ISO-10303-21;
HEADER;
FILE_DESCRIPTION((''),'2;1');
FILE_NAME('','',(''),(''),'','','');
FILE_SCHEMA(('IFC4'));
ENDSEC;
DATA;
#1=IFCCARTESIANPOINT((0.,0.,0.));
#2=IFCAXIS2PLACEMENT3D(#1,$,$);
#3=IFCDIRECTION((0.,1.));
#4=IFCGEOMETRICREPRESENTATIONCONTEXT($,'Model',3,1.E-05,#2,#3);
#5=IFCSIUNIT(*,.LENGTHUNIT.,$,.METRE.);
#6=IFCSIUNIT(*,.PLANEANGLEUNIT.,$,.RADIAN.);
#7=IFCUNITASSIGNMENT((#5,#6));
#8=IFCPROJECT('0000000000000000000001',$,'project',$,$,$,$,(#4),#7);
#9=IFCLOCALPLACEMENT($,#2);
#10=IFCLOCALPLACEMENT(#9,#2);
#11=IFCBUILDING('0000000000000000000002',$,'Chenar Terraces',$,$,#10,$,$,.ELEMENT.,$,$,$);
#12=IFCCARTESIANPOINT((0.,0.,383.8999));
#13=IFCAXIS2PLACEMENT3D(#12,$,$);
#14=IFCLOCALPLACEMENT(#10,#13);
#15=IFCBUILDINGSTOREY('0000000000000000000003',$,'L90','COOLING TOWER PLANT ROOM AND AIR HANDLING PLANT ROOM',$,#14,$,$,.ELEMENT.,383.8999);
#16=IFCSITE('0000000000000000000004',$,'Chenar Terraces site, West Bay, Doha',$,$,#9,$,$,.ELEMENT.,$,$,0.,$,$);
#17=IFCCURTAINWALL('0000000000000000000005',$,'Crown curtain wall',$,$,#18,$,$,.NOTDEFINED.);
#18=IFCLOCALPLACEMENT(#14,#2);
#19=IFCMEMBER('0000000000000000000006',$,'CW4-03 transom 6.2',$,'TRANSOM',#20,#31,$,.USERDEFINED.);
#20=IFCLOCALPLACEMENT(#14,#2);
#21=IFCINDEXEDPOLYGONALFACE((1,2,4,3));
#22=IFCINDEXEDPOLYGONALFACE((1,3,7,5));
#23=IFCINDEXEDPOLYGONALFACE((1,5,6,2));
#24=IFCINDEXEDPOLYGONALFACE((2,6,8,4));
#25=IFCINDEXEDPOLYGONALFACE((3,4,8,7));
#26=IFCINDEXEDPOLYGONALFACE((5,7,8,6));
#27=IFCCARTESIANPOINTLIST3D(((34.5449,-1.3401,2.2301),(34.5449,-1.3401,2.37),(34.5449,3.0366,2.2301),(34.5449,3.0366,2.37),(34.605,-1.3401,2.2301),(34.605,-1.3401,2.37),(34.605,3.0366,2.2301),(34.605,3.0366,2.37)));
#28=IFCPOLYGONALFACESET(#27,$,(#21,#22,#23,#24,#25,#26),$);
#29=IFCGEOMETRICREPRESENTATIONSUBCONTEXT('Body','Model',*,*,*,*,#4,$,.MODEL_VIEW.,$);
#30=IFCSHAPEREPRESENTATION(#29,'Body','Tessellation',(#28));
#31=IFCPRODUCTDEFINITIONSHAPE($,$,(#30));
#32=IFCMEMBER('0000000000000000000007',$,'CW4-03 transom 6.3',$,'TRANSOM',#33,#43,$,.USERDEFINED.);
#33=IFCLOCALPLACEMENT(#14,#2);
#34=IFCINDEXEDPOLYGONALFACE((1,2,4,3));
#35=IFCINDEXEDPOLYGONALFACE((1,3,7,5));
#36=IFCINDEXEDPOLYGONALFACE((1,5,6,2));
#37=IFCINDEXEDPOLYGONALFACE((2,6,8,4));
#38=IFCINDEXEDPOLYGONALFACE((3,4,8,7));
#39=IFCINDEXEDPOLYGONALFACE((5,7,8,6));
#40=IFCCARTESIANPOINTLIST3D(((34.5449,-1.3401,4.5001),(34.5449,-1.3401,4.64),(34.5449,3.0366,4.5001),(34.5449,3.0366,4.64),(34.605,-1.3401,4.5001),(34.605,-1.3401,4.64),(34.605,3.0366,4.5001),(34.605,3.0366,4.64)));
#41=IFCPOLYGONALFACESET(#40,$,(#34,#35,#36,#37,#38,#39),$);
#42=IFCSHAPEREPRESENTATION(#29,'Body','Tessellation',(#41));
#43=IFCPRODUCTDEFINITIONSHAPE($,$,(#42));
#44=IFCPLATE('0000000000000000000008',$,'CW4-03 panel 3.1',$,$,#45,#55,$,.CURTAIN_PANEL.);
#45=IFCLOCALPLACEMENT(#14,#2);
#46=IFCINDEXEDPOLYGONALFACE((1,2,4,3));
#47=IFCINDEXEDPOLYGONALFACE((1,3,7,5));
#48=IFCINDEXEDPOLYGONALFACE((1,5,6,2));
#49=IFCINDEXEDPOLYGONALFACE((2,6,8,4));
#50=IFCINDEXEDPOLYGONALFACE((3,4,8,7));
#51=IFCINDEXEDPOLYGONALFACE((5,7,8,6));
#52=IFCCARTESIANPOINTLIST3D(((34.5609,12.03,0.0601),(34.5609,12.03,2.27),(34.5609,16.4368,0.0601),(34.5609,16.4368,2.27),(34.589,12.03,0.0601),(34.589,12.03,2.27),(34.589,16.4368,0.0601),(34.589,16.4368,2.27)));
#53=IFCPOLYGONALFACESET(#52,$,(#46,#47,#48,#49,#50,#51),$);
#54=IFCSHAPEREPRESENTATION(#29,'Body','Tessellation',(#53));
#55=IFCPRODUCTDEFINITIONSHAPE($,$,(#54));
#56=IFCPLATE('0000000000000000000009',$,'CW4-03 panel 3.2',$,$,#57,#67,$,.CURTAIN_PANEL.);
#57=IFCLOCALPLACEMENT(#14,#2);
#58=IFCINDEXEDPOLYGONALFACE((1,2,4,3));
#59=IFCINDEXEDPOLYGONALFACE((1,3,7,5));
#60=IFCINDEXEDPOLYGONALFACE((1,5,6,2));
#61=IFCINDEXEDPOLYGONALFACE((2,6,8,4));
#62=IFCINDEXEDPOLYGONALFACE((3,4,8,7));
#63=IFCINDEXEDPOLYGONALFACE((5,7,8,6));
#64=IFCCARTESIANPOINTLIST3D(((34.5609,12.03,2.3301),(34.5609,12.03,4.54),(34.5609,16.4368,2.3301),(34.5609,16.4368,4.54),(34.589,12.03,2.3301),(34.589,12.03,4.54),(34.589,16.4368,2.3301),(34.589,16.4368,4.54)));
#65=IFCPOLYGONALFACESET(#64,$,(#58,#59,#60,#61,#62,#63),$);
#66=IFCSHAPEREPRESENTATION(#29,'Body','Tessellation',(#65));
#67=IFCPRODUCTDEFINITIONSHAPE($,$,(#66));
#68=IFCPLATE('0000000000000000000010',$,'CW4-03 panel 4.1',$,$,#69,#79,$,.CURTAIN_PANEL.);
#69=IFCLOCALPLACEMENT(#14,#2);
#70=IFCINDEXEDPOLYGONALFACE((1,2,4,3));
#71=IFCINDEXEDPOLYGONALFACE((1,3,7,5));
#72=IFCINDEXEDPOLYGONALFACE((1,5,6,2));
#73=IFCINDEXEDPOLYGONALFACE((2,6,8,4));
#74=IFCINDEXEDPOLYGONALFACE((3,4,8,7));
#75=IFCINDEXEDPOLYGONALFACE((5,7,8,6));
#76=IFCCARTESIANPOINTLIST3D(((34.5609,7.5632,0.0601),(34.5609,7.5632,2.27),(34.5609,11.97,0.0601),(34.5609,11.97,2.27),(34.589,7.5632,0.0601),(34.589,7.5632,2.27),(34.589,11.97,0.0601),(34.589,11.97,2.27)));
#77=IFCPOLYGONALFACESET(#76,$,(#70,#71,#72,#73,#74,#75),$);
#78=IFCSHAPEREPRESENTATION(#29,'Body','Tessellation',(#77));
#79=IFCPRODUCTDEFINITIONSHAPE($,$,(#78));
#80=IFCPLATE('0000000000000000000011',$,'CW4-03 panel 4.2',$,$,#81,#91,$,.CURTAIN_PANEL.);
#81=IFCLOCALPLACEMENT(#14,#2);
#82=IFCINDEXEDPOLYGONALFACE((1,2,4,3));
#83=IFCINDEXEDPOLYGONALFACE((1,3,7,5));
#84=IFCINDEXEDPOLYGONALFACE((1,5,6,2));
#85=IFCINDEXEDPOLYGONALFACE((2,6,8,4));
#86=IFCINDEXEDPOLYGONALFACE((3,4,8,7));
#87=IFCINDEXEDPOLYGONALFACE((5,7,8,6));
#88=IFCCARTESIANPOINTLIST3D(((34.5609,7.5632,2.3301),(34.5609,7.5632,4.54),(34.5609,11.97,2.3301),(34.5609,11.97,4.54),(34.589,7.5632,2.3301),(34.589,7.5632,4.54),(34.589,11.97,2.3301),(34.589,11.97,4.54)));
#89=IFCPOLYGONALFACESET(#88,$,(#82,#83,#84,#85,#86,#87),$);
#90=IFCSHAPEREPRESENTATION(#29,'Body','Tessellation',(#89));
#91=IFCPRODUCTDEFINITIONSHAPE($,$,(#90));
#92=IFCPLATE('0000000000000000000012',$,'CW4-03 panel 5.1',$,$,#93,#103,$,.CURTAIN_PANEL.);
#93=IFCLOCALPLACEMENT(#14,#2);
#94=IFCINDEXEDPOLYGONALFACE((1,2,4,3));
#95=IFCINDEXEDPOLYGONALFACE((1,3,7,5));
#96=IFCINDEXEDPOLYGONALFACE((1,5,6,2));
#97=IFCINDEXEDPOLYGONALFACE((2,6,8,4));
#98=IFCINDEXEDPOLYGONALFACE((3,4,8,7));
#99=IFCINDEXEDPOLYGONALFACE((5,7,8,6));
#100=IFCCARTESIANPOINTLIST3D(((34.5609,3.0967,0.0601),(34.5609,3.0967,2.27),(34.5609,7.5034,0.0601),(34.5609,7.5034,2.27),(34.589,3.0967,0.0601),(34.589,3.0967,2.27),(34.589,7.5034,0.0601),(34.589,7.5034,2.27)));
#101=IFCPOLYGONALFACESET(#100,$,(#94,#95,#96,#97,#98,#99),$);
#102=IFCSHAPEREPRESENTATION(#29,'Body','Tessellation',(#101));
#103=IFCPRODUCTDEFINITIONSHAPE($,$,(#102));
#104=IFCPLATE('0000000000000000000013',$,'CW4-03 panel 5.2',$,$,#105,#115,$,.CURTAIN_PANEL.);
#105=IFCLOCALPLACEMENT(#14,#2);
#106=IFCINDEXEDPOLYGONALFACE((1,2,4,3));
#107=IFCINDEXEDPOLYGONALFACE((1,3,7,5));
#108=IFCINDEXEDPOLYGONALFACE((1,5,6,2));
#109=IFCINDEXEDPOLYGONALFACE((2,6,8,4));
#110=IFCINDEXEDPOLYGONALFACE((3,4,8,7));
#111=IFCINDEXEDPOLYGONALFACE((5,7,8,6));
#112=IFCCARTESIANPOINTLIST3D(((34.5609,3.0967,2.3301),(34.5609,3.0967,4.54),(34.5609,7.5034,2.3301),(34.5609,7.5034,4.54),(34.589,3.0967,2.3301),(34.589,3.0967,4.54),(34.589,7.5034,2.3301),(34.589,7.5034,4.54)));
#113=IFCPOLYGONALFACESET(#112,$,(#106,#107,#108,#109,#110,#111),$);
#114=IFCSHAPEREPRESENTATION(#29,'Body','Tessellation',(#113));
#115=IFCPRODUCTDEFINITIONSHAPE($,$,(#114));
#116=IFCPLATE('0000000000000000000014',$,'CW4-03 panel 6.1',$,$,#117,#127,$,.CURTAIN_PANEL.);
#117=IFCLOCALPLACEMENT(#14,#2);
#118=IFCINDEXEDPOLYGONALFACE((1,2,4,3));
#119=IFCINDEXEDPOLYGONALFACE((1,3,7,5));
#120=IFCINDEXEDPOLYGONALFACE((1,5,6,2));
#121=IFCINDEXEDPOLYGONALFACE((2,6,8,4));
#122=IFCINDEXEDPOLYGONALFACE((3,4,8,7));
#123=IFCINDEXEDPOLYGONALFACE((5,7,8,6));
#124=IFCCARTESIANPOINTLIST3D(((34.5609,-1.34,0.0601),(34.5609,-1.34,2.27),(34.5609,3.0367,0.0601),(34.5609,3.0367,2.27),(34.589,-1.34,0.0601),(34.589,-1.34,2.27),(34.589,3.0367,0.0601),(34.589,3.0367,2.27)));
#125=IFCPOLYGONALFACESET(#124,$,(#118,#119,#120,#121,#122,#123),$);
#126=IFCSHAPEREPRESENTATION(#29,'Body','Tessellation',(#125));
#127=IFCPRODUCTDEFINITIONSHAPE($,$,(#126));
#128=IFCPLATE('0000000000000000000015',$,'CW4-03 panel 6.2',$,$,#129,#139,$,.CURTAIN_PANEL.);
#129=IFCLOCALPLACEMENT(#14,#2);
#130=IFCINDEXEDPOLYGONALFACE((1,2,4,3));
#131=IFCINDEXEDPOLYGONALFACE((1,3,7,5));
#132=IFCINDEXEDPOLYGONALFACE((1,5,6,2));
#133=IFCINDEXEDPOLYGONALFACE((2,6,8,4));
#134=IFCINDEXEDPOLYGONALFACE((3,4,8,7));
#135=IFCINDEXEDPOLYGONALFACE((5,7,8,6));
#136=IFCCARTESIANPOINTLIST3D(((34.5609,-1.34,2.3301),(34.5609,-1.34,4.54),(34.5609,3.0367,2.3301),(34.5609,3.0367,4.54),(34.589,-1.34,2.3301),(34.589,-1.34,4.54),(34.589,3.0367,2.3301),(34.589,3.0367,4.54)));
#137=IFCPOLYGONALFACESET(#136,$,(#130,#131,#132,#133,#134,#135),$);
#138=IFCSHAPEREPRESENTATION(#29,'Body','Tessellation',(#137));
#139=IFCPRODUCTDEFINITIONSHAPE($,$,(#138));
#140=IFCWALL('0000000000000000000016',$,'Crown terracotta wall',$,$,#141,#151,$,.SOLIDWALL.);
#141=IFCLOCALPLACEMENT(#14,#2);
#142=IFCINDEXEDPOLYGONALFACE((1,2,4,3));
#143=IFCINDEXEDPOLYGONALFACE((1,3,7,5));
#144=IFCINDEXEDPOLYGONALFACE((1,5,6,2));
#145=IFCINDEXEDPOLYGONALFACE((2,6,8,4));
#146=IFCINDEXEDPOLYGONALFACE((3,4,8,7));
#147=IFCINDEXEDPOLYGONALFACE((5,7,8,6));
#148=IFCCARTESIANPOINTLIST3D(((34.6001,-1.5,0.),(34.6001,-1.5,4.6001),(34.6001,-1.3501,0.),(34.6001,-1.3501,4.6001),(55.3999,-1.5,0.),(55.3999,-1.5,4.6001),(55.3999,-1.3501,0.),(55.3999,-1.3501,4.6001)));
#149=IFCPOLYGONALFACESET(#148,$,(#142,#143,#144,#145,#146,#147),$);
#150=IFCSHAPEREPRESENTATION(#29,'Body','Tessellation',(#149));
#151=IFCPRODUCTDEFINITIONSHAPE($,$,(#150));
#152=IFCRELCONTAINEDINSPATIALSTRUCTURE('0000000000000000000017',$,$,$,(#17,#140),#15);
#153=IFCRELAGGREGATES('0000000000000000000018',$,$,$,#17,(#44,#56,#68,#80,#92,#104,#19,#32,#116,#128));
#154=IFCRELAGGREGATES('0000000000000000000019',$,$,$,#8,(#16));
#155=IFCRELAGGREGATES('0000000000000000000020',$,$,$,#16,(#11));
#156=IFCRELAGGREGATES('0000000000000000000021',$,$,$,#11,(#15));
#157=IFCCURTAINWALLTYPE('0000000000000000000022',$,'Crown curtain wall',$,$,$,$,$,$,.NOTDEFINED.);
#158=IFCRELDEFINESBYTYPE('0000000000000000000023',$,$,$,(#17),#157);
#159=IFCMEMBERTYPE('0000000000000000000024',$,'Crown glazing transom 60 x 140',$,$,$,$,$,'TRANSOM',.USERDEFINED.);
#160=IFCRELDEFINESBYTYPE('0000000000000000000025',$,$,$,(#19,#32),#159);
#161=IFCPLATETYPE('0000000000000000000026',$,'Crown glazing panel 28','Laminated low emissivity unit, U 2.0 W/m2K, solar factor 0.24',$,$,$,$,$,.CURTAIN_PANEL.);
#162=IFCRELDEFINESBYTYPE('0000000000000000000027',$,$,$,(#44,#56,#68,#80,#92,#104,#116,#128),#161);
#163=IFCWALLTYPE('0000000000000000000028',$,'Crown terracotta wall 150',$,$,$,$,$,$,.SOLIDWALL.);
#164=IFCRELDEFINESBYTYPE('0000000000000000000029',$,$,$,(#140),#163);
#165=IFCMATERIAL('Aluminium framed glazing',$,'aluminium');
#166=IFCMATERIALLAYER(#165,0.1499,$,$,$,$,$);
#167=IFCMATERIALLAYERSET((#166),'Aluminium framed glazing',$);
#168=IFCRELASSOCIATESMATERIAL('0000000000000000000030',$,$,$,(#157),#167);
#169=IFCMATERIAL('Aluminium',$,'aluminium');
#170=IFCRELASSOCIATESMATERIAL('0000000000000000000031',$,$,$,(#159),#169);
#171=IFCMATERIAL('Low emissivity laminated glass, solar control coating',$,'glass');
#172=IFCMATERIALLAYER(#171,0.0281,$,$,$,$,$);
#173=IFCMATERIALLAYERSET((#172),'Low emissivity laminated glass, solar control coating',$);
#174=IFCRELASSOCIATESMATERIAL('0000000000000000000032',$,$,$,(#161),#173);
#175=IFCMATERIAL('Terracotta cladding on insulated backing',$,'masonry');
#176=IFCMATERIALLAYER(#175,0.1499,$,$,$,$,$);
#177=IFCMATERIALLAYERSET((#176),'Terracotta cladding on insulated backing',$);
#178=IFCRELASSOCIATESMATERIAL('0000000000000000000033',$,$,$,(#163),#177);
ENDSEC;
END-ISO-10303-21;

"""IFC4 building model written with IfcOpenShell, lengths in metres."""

from ifc_helpers import new_model, si_unit, direction, frame, frame_2d, origin, origin_2d, place, context, subcontext, project, spatial, rectangle, extrude, material, layer, layer_set, material_profile, profile_set, type_object, element, aggregate, save


model = new_model("IFC4")

# Units and contexts
model_context = context("Model", 3, precision=1e-05, world=origin(), true_north=direction((0.0, 1.0)))
body_context = subcontext(model_context, "Body", "Model", "MODEL_VIEW")
ifc_project = project(units=[si_unit("LENGTHUNIT", "METRE"), si_unit("PLANEANGLEUNIT", "RADIAN")], contexts=[model_context])

# Site, building, storey
site_placement = place(None, origin())
site = spatial("IfcSite", under=ifc_project, at=site_placement, Name="Chenar Terraces site, West Bay, Doha", CompositionType="ELEMENT", RefElevation=0.0)
building_placement = place(site_placement, origin())
building = spatial("IfcBuilding", under=site, at=building_placement, Name="Chenar Terraces", CompositionType="ELEMENT")
storey_placement = place(building_placement, frame((0.0, 0.0, 383.8999)))
storey = spatial("IfcBuildingStorey", under=building, at=storey_placement, Name="L90", Description="COOLING TOWER PLANT ROOM AND AIR HANDLING PLANT ROOM", CompositionType="ELEMENT", Elevation=383.8999)

# Curtain wall, members, plates
ifc_material_1 = material(Name="Aluminium framed glazing", Category="aluminium")
ifc_layer_1 = layer(ifc_material_1, 0.1499)
ifc_layer_set_1 = layer_set([ifc_layer_1], Name="Aluminium framed glazing")
curtain_wall_type = type_object("IfcCurtainWallType", Name="Crown curtain wall", PredefinedType="NOTDEFINED", material=ifc_layer_set_1)
curtain_wall_placement = place(storey_placement, origin())
curtain_wall = element("IfcCurtainWall", 1, at=curtain_wall_placement, inside=storey, type_object=curtain_wall_type, Name="Crown curtain wall", PredefinedType="NOTDEFINED")
ifc_material_2 = material(Name="Aluminium", Category="aluminium")
ifc_material_profile_1 = material_profile(ifc_material_2, rectangle(XDim=0.0601, YDim=0.1399, at=origin_2d()), Name="Crown glazing transom 60 x 140")
ifc_profile_set_1 = profile_set([ifc_material_profile_1], Name="Aluminium")
member_type_1 = type_object("IfcMemberType", Name="Crown glazing transom 60 x 140", ElementType="TRANSOM", PredefinedType="USERDEFINED", material=ifc_profile_set_1)
member_1_placement = place(storey_placement, frame((34.575, 3.0366, 2.3), z_axis=(0.0, -1.0, 0.0), x_axis=(1.0, 0.0, 0.0)))
member_1 = element("IfcMember", 2, at=member_1_placement, type_object=member_type_1, Name="CW4-03 transom 6.2", ObjectType="TRANSOM", PredefinedType="USERDEFINED", context=body_context, shape_type="SweptSolid", body=[
    extrude(rectangle(XDim=0.0601, YDim=0.1399, at=origin_2d()), origin(), (0.0, 0.0, 1.0), 4.3767),
])
member_2_placement = place(storey_placement, frame((34.575, 3.0366, 4.5701), z_axis=(0.0, -1.0, 0.0), x_axis=(1.0, 0.0, 0.0)))
member_2 = element("IfcMember", 3, at=member_2_placement, type_object=member_type_1, Name="CW4-03 transom 6.3", ObjectType="TRANSOM", PredefinedType="USERDEFINED", context=body_context, shape_type="SweptSolid", body=[
    extrude(rectangle(XDim=0.0601, YDim=0.1399, at=origin_2d()), origin(), (0.0, 0.0, 1.0), 4.3767),
])
ifc_material_3 = material(Name="Low emissivity laminated glass, solar control coating", Category="glass")
ifc_layer_2 = layer(ifc_material_3, 0.0281)
ifc_layer_set_2 = layer_set([ifc_layer_2], Name="Low emissivity laminated glass, solar control coating")
plate_type = type_object("IfcPlateType", Name="Crown glazing panel 28", Description="Laminated low emissivity unit, U 2.0 W/m2K, solar factor 0.24", PredefinedType="CURTAIN_PANEL", material=ifc_layer_set_2)
plate_1_placement = place(storey_placement, frame((34.575, 14.2334, 0.0601), z_axis=(0.0, 0.0, 1.0), x_axis=(0.0, -1.0, 0.0)))
plate_1 = element("IfcPlate", 4, at=plate_1_placement, type_object=plate_type, Name="CW4-03 panel 3.1", PredefinedType="CURTAIN_PANEL", context=body_context, shape_type="SweptSolid", body=[
    extrude(rectangle(XDim=4.4067, YDim=0.0281, at=origin_2d()), origin(), (0.0, 0.0, 1.0), 2.21),
])
plate_2_placement = place(storey_placement, frame((34.575, 14.2334, 2.3301), z_axis=(0.0, 0.0, 1.0), x_axis=(0.0, -1.0, 0.0)))
plate_2 = element("IfcPlate", 5, at=plate_2_placement, type_object=plate_type, Name="CW4-03 panel 3.2", PredefinedType="CURTAIN_PANEL", context=body_context, shape_type="SweptSolid", body=[
    extrude(rectangle(XDim=4.4067, YDim=0.0281, at=origin_2d()), origin(), (0.0, 0.0, 1.0), 2.21),
])
plate_3_placement = place(storey_placement, frame((34.575, 9.7666, 0.0601), z_axis=(0.0, 0.0, 1.0), x_axis=(0.0, -1.0, 0.0)))
plate_3 = element("IfcPlate", 6, at=plate_3_placement, type_object=plate_type, Name="CW4-03 panel 4.1", PredefinedType="CURTAIN_PANEL", context=body_context, shape_type="SweptSolid", body=[
    extrude(rectangle(XDim=4.4067, YDim=0.0281, at=origin_2d()), origin(), (0.0, 0.0, 1.0), 2.21),
])
plate_4_placement = place(storey_placement, frame((34.575, 9.7666, 2.3301), z_axis=(0.0, 0.0, 1.0), x_axis=(0.0, -1.0, 0.0)))
plate_4 = element("IfcPlate", 7, at=plate_4_placement, type_object=plate_type, Name="CW4-03 panel 4.2", PredefinedType="CURTAIN_PANEL", context=body_context, shape_type="SweptSolid", body=[
    extrude(rectangle(XDim=4.4067, YDim=0.0281, at=origin_2d()), origin(), (0.0, 0.0, 1.0), 2.21),
])
plate_5_placement = place(storey_placement, frame((34.575, 5.3, 0.0601), z_axis=(0.0, 0.0, 1.0), x_axis=(0.0, -1.0, 0.0)))
plate_5 = element("IfcPlate", 8, at=plate_5_placement, type_object=plate_type, Name="CW4-03 panel 5.1", PredefinedType="CURTAIN_PANEL", context=body_context, shape_type="SweptSolid", body=[
    extrude(rectangle(XDim=4.4067, YDim=0.0281, at=origin_2d()), origin(), (0.0, 0.0, 1.0), 2.21),
])
plate_6_placement = place(storey_placement, frame((34.575, 5.3, 2.3301), z_axis=(0.0, 0.0, 1.0), x_axis=(0.0, -1.0, 0.0)))
plate_6 = element("IfcPlate", 9, at=plate_6_placement, type_object=plate_type, Name="CW4-03 panel 5.2", PredefinedType="CURTAIN_PANEL", context=body_context, shape_type="SweptSolid", body=[
    extrude(rectangle(XDim=4.4067, YDim=0.0281, at=origin_2d()), origin(), (0.0, 0.0, 1.0), 2.21),
])
plate_7_placement = place(storey_placement, frame((34.575, 0.8484, 0.0601), z_axis=(0.0, 0.0, 1.0), x_axis=(0.0, -1.0, 0.0)))
plate_7 = element("IfcPlate", 10, at=plate_7_placement, type_object=plate_type, Name="CW4-03 panel 6.1", PredefinedType="CURTAIN_PANEL", context=body_context, shape_type="SweptSolid", body=[
    extrude(rectangle(XDim=4.3767, YDim=0.0281, at=origin_2d()), origin(), (0.0, 0.0, 1.0), 2.21),
])
plate_8_placement = place(storey_placement, frame((34.575, 0.8484, 2.3301), z_axis=(0.0, 0.0, 1.0), x_axis=(0.0, -1.0, 0.0)))
plate_8 = element("IfcPlate", 11, at=plate_8_placement, type_object=plate_type, Name="CW4-03 panel 6.2", PredefinedType="CURTAIN_PANEL", context=body_context, shape_type="SweptSolid", body=[
    extrude(rectangle(XDim=4.3767, YDim=0.0281, at=origin_2d()), origin(), (0.0, 0.0, 1.0), 2.21),
])
aggregate(curtain_wall, [plate_1, plate_2, plate_3, plate_4, plate_5, plate_6, member_1, member_2, plate_7, plate_8])

# Wall
ifc_material_4 = material(Name="Terracotta cladding on insulated backing", Category="masonry")
ifc_layer_3 = layer(ifc_material_4, 0.1499)
ifc_layer_set_3 = layer_set([ifc_layer_3], Name="Terracotta cladding on insulated backing")
wall_type_1 = type_object("IfcWallType", Name="Crown terracotta wall 150", PredefinedType="SOLIDWALL", material=ifc_layer_set_3)
wall_1_placement = place(storey_placement, frame((34.6001, -1.425, 0.0), z_axis=(0.0, 0.0, 1.0), x_axis=(1.0, 0.0, 0.0)))
element("IfcWall", 12, at=wall_1_placement, inside=storey, type_object=wall_type_1, Name="Crown terracotta wall", PredefinedType="SOLIDWALL", context=body_context, shape_type="SweptSolid", body=[
    extrude(rectangle(XDim=20.7998, YDim=0.1499, at=frame_2d((10.3999, 0.0))), origin(), (0.0, 0.0, 1.0), 4.6001),
])

save(model, "model.ifc")
